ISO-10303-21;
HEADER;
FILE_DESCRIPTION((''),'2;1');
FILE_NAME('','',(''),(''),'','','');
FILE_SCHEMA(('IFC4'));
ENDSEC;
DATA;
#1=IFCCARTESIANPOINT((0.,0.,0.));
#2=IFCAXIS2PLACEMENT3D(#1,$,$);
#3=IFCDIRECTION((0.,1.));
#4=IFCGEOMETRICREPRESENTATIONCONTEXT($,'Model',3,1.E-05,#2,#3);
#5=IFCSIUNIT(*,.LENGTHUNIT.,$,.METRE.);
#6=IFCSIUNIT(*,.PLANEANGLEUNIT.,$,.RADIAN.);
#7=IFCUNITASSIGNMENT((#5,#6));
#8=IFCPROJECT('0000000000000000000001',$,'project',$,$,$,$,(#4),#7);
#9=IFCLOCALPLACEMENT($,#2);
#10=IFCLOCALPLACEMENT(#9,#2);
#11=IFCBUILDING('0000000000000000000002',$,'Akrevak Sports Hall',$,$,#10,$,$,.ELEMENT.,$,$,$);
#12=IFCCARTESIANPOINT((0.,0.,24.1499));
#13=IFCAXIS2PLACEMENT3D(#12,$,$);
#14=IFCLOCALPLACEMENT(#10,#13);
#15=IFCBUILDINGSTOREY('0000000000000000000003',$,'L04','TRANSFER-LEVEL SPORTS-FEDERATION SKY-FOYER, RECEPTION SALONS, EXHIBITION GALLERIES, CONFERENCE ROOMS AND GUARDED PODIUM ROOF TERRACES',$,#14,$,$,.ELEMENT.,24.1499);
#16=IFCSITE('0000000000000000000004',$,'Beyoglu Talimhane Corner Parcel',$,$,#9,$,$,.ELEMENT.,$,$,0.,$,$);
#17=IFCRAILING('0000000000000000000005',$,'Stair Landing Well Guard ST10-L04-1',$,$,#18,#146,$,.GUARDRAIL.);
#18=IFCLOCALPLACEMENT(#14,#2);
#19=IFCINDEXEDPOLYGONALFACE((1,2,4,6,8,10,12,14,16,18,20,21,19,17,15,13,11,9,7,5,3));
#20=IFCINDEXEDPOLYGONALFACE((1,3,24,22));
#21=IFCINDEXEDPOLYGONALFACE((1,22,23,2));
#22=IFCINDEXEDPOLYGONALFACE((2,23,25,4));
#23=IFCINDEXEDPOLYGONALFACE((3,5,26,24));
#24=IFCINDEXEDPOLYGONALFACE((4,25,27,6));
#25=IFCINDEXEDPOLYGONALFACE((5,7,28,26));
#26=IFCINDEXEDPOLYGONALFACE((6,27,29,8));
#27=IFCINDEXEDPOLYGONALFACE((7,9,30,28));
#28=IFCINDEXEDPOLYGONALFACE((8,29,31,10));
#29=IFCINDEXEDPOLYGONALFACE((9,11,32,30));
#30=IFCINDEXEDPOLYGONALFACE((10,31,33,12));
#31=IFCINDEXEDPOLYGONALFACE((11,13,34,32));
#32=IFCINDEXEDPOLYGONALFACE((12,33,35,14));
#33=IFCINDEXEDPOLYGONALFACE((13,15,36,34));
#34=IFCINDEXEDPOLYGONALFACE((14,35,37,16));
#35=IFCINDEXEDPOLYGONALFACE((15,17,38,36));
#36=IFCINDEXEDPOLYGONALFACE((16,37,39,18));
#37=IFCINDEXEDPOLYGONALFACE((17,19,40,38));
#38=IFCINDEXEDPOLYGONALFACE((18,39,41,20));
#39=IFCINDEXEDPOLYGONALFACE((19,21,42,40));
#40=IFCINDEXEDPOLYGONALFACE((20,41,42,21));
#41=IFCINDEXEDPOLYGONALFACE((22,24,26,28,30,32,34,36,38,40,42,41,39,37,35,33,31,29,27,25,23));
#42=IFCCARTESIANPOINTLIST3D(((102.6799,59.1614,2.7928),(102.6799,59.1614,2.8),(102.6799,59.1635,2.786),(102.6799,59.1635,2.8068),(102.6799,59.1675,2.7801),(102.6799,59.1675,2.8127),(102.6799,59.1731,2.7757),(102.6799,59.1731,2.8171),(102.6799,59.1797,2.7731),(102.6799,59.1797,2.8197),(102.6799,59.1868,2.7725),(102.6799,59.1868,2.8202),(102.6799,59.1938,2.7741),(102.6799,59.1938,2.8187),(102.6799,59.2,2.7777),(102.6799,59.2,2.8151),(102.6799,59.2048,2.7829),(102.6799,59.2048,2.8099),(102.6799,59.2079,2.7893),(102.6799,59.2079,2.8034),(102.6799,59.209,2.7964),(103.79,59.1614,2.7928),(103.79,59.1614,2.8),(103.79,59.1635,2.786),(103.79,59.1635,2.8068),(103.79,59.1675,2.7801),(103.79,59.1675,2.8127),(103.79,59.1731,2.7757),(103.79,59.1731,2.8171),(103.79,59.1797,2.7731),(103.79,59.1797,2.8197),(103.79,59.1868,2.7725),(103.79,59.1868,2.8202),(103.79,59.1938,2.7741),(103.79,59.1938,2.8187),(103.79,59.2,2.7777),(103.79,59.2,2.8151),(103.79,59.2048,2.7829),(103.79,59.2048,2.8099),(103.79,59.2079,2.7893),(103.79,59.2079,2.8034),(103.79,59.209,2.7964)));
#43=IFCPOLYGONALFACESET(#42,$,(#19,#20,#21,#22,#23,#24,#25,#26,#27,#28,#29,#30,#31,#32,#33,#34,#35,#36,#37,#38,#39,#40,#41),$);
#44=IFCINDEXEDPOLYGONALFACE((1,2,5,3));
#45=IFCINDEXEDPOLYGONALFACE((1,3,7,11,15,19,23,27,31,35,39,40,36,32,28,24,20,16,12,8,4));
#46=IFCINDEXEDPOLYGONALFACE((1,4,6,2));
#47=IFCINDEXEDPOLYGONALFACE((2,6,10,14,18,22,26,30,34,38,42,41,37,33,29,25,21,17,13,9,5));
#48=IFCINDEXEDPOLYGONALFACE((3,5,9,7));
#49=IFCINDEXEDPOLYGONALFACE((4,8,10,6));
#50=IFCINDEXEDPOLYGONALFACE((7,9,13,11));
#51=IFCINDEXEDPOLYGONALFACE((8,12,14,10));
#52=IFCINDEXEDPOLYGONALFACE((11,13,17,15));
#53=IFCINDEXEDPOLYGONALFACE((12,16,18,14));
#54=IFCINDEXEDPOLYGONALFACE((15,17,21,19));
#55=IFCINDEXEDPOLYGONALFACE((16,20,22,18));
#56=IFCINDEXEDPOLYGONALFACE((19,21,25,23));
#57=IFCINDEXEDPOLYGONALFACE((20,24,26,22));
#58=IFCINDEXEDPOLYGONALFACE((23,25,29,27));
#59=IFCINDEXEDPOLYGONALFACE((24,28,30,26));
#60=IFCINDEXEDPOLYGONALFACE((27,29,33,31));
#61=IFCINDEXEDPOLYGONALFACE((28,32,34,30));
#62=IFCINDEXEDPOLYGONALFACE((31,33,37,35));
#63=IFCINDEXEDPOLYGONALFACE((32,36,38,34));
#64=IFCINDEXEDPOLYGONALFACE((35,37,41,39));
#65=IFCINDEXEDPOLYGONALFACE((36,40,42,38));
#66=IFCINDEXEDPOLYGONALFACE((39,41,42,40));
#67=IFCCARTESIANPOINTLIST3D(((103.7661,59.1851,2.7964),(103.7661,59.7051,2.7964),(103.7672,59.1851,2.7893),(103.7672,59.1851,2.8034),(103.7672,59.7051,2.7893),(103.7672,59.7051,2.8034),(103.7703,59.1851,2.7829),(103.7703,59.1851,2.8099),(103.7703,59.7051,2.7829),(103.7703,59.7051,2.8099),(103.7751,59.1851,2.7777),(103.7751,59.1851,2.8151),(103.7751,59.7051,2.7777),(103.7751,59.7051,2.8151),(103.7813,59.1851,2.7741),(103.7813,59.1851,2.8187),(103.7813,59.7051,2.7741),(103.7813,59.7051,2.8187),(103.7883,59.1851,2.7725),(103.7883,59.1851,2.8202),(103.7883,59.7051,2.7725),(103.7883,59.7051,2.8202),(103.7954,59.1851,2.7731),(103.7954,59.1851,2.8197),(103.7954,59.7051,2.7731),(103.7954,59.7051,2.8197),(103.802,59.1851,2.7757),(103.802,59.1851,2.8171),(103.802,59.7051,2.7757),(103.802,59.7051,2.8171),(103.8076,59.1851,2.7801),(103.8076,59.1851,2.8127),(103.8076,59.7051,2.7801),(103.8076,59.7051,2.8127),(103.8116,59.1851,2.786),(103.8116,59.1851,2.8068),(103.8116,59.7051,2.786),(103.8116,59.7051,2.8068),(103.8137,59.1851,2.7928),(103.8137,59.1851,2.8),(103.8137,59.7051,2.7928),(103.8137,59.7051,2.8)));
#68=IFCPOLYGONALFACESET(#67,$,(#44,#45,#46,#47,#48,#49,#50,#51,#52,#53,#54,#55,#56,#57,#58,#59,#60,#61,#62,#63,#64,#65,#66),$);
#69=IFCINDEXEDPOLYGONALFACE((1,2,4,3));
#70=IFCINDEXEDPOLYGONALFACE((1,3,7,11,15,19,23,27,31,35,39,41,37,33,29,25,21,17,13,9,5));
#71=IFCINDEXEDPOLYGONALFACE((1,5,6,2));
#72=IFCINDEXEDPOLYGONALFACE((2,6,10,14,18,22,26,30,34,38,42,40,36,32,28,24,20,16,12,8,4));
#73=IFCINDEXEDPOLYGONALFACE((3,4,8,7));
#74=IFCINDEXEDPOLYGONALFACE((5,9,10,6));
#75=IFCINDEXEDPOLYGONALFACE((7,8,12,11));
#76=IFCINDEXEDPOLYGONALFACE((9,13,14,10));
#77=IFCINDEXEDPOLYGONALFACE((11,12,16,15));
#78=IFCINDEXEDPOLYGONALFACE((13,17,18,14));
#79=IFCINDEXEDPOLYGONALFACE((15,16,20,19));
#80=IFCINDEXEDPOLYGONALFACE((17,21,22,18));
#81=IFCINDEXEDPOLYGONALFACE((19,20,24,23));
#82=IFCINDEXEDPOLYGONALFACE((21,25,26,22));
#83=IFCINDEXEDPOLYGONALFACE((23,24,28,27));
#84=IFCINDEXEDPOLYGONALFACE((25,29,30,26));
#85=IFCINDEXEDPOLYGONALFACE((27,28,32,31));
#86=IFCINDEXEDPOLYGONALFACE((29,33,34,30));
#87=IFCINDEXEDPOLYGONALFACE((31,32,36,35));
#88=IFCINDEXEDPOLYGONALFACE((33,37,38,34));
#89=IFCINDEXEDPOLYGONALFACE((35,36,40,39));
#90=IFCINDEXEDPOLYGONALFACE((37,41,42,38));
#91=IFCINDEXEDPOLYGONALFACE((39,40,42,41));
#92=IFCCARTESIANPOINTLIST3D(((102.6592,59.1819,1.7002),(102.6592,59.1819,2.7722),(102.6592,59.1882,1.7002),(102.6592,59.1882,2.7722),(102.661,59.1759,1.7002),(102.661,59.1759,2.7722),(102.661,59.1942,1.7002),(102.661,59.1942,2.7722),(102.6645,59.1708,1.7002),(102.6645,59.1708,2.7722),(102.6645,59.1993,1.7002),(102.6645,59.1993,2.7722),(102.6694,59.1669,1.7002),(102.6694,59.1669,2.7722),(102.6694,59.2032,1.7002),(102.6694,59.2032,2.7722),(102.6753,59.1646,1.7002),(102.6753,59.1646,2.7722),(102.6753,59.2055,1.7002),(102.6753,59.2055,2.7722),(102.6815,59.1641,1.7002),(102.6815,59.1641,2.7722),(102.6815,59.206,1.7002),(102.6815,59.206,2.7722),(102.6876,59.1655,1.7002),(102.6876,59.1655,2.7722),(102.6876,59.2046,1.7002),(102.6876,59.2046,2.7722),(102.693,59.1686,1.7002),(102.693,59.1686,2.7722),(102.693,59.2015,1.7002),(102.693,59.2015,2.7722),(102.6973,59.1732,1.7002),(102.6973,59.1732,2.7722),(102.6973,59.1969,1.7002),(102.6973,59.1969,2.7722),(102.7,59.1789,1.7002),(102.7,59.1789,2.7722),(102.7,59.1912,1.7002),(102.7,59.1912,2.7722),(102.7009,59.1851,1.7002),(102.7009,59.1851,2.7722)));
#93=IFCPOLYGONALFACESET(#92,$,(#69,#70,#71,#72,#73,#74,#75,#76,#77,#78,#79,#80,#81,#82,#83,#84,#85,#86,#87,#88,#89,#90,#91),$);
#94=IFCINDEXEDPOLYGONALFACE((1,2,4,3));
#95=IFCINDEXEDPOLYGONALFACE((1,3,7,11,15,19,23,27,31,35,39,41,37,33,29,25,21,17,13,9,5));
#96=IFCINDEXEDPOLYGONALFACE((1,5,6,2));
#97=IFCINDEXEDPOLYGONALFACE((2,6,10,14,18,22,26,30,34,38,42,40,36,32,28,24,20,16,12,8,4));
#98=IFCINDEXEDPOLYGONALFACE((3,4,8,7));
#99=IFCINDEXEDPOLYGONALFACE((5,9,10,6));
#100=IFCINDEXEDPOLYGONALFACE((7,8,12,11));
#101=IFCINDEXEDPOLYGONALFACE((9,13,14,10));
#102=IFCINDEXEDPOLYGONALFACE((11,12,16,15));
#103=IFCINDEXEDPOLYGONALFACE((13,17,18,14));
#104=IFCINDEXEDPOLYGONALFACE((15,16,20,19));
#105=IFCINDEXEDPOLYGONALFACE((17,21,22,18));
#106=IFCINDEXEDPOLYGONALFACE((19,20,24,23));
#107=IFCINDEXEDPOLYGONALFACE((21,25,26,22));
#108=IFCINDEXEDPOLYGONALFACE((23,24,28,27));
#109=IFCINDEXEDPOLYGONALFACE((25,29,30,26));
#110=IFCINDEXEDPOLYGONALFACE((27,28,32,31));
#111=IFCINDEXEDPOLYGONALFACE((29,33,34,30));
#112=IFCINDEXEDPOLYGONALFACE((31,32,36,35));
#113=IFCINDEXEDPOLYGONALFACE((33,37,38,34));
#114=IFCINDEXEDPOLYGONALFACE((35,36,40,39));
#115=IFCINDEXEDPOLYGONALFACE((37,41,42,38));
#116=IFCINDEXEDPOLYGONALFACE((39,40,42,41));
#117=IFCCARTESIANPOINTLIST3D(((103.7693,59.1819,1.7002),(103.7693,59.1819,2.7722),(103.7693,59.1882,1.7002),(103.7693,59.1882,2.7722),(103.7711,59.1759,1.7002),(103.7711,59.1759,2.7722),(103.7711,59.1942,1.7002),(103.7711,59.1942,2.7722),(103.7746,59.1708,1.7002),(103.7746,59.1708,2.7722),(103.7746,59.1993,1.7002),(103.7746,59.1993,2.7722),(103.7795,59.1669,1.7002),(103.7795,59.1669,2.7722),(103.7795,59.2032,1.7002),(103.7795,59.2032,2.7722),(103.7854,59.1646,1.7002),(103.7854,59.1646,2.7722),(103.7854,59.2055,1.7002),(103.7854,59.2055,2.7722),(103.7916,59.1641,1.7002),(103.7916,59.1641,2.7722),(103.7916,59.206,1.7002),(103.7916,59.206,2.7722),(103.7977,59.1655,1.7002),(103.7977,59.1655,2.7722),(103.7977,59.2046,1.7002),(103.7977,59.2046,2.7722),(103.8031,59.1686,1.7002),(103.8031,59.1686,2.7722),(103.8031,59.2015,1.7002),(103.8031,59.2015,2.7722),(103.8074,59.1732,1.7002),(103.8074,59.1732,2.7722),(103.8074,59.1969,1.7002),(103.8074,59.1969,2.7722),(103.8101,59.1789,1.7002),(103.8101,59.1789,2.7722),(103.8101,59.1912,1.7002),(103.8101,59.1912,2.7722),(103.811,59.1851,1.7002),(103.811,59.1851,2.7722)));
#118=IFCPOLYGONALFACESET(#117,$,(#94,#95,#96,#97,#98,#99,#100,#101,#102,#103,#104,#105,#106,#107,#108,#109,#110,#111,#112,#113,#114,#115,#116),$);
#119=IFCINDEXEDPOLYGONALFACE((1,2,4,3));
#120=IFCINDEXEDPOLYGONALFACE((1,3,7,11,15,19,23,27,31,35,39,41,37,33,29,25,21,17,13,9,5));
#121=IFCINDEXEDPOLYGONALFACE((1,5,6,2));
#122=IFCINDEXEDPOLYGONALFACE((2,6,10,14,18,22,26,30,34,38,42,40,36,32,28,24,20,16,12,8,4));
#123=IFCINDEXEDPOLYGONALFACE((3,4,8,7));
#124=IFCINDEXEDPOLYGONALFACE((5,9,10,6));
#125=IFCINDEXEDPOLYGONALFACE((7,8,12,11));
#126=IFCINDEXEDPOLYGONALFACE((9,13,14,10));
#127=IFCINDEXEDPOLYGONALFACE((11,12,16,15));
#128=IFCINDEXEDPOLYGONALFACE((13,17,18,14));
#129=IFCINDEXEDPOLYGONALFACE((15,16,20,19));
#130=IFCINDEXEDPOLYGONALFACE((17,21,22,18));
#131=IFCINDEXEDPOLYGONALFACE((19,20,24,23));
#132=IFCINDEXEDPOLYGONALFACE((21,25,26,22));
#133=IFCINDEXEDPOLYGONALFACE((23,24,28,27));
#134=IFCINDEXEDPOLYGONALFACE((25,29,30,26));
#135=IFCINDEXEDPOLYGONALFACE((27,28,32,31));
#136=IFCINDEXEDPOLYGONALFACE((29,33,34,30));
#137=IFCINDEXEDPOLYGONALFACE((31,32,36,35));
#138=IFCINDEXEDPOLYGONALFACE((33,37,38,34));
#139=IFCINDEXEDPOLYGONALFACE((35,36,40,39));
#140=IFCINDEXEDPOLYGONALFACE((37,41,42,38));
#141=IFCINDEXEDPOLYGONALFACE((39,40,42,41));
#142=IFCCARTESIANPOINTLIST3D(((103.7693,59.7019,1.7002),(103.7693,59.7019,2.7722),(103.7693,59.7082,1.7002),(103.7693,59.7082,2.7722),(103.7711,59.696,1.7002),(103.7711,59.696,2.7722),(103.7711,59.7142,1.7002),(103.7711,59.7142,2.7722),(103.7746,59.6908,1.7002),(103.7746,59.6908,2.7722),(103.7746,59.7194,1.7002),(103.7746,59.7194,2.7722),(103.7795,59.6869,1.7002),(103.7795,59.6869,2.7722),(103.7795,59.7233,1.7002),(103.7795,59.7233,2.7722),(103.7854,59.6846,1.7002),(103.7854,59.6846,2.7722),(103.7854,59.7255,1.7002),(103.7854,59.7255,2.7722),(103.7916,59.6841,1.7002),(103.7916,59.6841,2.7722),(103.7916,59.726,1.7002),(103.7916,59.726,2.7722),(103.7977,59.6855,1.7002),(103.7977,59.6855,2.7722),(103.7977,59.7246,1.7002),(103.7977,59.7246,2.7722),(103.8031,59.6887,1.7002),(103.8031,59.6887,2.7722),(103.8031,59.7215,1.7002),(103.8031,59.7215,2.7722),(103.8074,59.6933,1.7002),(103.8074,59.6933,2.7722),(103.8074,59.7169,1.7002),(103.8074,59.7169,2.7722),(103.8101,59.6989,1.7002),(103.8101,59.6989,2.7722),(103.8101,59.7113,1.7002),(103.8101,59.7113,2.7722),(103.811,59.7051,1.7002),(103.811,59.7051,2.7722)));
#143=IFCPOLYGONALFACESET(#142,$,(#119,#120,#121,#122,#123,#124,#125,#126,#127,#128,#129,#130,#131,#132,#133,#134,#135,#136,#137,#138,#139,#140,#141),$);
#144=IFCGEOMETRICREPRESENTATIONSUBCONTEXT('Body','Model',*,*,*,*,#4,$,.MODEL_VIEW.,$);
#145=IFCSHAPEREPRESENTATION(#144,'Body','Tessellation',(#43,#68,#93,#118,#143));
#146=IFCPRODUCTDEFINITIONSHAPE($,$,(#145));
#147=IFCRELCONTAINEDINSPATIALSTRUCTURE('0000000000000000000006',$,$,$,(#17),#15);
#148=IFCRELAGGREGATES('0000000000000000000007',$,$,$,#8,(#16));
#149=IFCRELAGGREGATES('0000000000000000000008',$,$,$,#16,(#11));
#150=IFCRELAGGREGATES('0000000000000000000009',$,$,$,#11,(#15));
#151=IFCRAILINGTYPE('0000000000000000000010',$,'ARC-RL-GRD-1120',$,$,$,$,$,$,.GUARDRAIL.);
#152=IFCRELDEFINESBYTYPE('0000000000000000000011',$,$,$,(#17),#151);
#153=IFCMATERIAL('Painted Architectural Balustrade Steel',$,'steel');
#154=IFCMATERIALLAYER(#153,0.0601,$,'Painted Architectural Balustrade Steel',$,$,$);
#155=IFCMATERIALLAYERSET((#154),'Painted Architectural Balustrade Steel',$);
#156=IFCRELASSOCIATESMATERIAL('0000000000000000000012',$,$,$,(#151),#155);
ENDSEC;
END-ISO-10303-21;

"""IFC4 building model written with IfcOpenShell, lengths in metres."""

from ifc_helpers import new_model, si_unit, direction, frame, origin, origin_2d, place, context, subcontext, project, spatial, circle, extrude, material, layer, layer_set, type_object, element, save


model = new_model("IFC4")

# Units and contexts
model_context = context("Model", 3, precision=1e-05, world=origin(), true_north=direction((0.0, 1.0)))
body_context = subcontext(model_context, "Body", "Model", "MODEL_VIEW")
ifc_project = project(units=[si_unit("LENGTHUNIT", "METRE"), si_unit("PLANEANGLEUNIT", "RADIAN")], contexts=[model_context])

# Site, building, storey
site_placement = place(None, origin())
site = spatial("IfcSite", under=ifc_project, at=site_placement, Name="Beyoglu Talimhane Corner Parcel", CompositionType="ELEMENT", RefElevation=0.0)
building_placement = place(site_placement, origin())
building = spatial("IfcBuilding", under=site, at=building_placement, Name="Akrevak Sports Hall", CompositionType="ELEMENT")
storey_placement = place(building_placement, frame((0.0, 0.0, 24.1499)))
storey = spatial("IfcBuildingStorey", under=building, at=storey_placement, Name="L04", Description="TRANSFER-LEVEL SPORTS-FEDERATION SKY-FOYER, RECEPTION SALONS, EXHIBITION GALLERIES, CONFERENCE ROOMS AND GUARDED PODIUM ROOF TERRACES", CompositionType="ELEMENT", Elevation=24.1499)

# Railing
ifc_material_1 = material(Name="Painted Architectural Balustrade Steel", Category="steel")
ifc_layer_1 = layer(ifc_material_1, 0.0601, Name="Painted Architectural Balustrade Steel")
ifc_layer_set_1 = layer_set([ifc_layer_1], Name="Painted Architectural Balustrade Steel")
railing_type_1 = type_object("IfcRailingType", Name="ARC-RL-GRD-1120", PredefinedType="GUARDRAIL", material=ifc_layer_set_1)
for number, where, name in (
    (1, (102.6799, 59.1851, 1.7002), "Stair Landing Well Guard ST10-L04-1"),
):
    element("IfcRailing", number, at=place(storey_placement, frame(where)), inside=storey, type_object=railing_type_1, Name=name, PredefinedType="GUARDRAIL", context=body_context, shape_type="SweptSolid", body=[
        extrude(circle(Radius=0.0239, at=origin_2d()), frame((0.0, 0.0, 1.0962), z_axis=(1.0, 0.0, 0.0), x_axis=(0.0, 1.0, 0.0)), (0.0, 0.0, 1.0), 1.1101),
        extrude(circle(Radius=0.0239, at=origin_2d()), frame((1.1101, 0.0, 1.0962), z_axis=(0.0, 1.0, 0.0), x_axis=(-1.0, 0.0, 0.0)), (0.0, 0.0, 1.0), 0.52),
        extrude(circle(Radius=0.021, at=origin_2d()), origin(), (0.0, 0.0, 1.0), 1.072),
        extrude(circle(Radius=0.021, at=origin_2d()), frame((1.1101, 0.0, 0.0)), (0.0, 0.0, 1.0), 1.072),
        extrude(circle(Radius=0.021, at=origin_2d()), frame((1.1101, 0.52, 0.0)), (0.0, 0.0, 1.0), 1.072),
    ])

save(model, "model.ifc")
